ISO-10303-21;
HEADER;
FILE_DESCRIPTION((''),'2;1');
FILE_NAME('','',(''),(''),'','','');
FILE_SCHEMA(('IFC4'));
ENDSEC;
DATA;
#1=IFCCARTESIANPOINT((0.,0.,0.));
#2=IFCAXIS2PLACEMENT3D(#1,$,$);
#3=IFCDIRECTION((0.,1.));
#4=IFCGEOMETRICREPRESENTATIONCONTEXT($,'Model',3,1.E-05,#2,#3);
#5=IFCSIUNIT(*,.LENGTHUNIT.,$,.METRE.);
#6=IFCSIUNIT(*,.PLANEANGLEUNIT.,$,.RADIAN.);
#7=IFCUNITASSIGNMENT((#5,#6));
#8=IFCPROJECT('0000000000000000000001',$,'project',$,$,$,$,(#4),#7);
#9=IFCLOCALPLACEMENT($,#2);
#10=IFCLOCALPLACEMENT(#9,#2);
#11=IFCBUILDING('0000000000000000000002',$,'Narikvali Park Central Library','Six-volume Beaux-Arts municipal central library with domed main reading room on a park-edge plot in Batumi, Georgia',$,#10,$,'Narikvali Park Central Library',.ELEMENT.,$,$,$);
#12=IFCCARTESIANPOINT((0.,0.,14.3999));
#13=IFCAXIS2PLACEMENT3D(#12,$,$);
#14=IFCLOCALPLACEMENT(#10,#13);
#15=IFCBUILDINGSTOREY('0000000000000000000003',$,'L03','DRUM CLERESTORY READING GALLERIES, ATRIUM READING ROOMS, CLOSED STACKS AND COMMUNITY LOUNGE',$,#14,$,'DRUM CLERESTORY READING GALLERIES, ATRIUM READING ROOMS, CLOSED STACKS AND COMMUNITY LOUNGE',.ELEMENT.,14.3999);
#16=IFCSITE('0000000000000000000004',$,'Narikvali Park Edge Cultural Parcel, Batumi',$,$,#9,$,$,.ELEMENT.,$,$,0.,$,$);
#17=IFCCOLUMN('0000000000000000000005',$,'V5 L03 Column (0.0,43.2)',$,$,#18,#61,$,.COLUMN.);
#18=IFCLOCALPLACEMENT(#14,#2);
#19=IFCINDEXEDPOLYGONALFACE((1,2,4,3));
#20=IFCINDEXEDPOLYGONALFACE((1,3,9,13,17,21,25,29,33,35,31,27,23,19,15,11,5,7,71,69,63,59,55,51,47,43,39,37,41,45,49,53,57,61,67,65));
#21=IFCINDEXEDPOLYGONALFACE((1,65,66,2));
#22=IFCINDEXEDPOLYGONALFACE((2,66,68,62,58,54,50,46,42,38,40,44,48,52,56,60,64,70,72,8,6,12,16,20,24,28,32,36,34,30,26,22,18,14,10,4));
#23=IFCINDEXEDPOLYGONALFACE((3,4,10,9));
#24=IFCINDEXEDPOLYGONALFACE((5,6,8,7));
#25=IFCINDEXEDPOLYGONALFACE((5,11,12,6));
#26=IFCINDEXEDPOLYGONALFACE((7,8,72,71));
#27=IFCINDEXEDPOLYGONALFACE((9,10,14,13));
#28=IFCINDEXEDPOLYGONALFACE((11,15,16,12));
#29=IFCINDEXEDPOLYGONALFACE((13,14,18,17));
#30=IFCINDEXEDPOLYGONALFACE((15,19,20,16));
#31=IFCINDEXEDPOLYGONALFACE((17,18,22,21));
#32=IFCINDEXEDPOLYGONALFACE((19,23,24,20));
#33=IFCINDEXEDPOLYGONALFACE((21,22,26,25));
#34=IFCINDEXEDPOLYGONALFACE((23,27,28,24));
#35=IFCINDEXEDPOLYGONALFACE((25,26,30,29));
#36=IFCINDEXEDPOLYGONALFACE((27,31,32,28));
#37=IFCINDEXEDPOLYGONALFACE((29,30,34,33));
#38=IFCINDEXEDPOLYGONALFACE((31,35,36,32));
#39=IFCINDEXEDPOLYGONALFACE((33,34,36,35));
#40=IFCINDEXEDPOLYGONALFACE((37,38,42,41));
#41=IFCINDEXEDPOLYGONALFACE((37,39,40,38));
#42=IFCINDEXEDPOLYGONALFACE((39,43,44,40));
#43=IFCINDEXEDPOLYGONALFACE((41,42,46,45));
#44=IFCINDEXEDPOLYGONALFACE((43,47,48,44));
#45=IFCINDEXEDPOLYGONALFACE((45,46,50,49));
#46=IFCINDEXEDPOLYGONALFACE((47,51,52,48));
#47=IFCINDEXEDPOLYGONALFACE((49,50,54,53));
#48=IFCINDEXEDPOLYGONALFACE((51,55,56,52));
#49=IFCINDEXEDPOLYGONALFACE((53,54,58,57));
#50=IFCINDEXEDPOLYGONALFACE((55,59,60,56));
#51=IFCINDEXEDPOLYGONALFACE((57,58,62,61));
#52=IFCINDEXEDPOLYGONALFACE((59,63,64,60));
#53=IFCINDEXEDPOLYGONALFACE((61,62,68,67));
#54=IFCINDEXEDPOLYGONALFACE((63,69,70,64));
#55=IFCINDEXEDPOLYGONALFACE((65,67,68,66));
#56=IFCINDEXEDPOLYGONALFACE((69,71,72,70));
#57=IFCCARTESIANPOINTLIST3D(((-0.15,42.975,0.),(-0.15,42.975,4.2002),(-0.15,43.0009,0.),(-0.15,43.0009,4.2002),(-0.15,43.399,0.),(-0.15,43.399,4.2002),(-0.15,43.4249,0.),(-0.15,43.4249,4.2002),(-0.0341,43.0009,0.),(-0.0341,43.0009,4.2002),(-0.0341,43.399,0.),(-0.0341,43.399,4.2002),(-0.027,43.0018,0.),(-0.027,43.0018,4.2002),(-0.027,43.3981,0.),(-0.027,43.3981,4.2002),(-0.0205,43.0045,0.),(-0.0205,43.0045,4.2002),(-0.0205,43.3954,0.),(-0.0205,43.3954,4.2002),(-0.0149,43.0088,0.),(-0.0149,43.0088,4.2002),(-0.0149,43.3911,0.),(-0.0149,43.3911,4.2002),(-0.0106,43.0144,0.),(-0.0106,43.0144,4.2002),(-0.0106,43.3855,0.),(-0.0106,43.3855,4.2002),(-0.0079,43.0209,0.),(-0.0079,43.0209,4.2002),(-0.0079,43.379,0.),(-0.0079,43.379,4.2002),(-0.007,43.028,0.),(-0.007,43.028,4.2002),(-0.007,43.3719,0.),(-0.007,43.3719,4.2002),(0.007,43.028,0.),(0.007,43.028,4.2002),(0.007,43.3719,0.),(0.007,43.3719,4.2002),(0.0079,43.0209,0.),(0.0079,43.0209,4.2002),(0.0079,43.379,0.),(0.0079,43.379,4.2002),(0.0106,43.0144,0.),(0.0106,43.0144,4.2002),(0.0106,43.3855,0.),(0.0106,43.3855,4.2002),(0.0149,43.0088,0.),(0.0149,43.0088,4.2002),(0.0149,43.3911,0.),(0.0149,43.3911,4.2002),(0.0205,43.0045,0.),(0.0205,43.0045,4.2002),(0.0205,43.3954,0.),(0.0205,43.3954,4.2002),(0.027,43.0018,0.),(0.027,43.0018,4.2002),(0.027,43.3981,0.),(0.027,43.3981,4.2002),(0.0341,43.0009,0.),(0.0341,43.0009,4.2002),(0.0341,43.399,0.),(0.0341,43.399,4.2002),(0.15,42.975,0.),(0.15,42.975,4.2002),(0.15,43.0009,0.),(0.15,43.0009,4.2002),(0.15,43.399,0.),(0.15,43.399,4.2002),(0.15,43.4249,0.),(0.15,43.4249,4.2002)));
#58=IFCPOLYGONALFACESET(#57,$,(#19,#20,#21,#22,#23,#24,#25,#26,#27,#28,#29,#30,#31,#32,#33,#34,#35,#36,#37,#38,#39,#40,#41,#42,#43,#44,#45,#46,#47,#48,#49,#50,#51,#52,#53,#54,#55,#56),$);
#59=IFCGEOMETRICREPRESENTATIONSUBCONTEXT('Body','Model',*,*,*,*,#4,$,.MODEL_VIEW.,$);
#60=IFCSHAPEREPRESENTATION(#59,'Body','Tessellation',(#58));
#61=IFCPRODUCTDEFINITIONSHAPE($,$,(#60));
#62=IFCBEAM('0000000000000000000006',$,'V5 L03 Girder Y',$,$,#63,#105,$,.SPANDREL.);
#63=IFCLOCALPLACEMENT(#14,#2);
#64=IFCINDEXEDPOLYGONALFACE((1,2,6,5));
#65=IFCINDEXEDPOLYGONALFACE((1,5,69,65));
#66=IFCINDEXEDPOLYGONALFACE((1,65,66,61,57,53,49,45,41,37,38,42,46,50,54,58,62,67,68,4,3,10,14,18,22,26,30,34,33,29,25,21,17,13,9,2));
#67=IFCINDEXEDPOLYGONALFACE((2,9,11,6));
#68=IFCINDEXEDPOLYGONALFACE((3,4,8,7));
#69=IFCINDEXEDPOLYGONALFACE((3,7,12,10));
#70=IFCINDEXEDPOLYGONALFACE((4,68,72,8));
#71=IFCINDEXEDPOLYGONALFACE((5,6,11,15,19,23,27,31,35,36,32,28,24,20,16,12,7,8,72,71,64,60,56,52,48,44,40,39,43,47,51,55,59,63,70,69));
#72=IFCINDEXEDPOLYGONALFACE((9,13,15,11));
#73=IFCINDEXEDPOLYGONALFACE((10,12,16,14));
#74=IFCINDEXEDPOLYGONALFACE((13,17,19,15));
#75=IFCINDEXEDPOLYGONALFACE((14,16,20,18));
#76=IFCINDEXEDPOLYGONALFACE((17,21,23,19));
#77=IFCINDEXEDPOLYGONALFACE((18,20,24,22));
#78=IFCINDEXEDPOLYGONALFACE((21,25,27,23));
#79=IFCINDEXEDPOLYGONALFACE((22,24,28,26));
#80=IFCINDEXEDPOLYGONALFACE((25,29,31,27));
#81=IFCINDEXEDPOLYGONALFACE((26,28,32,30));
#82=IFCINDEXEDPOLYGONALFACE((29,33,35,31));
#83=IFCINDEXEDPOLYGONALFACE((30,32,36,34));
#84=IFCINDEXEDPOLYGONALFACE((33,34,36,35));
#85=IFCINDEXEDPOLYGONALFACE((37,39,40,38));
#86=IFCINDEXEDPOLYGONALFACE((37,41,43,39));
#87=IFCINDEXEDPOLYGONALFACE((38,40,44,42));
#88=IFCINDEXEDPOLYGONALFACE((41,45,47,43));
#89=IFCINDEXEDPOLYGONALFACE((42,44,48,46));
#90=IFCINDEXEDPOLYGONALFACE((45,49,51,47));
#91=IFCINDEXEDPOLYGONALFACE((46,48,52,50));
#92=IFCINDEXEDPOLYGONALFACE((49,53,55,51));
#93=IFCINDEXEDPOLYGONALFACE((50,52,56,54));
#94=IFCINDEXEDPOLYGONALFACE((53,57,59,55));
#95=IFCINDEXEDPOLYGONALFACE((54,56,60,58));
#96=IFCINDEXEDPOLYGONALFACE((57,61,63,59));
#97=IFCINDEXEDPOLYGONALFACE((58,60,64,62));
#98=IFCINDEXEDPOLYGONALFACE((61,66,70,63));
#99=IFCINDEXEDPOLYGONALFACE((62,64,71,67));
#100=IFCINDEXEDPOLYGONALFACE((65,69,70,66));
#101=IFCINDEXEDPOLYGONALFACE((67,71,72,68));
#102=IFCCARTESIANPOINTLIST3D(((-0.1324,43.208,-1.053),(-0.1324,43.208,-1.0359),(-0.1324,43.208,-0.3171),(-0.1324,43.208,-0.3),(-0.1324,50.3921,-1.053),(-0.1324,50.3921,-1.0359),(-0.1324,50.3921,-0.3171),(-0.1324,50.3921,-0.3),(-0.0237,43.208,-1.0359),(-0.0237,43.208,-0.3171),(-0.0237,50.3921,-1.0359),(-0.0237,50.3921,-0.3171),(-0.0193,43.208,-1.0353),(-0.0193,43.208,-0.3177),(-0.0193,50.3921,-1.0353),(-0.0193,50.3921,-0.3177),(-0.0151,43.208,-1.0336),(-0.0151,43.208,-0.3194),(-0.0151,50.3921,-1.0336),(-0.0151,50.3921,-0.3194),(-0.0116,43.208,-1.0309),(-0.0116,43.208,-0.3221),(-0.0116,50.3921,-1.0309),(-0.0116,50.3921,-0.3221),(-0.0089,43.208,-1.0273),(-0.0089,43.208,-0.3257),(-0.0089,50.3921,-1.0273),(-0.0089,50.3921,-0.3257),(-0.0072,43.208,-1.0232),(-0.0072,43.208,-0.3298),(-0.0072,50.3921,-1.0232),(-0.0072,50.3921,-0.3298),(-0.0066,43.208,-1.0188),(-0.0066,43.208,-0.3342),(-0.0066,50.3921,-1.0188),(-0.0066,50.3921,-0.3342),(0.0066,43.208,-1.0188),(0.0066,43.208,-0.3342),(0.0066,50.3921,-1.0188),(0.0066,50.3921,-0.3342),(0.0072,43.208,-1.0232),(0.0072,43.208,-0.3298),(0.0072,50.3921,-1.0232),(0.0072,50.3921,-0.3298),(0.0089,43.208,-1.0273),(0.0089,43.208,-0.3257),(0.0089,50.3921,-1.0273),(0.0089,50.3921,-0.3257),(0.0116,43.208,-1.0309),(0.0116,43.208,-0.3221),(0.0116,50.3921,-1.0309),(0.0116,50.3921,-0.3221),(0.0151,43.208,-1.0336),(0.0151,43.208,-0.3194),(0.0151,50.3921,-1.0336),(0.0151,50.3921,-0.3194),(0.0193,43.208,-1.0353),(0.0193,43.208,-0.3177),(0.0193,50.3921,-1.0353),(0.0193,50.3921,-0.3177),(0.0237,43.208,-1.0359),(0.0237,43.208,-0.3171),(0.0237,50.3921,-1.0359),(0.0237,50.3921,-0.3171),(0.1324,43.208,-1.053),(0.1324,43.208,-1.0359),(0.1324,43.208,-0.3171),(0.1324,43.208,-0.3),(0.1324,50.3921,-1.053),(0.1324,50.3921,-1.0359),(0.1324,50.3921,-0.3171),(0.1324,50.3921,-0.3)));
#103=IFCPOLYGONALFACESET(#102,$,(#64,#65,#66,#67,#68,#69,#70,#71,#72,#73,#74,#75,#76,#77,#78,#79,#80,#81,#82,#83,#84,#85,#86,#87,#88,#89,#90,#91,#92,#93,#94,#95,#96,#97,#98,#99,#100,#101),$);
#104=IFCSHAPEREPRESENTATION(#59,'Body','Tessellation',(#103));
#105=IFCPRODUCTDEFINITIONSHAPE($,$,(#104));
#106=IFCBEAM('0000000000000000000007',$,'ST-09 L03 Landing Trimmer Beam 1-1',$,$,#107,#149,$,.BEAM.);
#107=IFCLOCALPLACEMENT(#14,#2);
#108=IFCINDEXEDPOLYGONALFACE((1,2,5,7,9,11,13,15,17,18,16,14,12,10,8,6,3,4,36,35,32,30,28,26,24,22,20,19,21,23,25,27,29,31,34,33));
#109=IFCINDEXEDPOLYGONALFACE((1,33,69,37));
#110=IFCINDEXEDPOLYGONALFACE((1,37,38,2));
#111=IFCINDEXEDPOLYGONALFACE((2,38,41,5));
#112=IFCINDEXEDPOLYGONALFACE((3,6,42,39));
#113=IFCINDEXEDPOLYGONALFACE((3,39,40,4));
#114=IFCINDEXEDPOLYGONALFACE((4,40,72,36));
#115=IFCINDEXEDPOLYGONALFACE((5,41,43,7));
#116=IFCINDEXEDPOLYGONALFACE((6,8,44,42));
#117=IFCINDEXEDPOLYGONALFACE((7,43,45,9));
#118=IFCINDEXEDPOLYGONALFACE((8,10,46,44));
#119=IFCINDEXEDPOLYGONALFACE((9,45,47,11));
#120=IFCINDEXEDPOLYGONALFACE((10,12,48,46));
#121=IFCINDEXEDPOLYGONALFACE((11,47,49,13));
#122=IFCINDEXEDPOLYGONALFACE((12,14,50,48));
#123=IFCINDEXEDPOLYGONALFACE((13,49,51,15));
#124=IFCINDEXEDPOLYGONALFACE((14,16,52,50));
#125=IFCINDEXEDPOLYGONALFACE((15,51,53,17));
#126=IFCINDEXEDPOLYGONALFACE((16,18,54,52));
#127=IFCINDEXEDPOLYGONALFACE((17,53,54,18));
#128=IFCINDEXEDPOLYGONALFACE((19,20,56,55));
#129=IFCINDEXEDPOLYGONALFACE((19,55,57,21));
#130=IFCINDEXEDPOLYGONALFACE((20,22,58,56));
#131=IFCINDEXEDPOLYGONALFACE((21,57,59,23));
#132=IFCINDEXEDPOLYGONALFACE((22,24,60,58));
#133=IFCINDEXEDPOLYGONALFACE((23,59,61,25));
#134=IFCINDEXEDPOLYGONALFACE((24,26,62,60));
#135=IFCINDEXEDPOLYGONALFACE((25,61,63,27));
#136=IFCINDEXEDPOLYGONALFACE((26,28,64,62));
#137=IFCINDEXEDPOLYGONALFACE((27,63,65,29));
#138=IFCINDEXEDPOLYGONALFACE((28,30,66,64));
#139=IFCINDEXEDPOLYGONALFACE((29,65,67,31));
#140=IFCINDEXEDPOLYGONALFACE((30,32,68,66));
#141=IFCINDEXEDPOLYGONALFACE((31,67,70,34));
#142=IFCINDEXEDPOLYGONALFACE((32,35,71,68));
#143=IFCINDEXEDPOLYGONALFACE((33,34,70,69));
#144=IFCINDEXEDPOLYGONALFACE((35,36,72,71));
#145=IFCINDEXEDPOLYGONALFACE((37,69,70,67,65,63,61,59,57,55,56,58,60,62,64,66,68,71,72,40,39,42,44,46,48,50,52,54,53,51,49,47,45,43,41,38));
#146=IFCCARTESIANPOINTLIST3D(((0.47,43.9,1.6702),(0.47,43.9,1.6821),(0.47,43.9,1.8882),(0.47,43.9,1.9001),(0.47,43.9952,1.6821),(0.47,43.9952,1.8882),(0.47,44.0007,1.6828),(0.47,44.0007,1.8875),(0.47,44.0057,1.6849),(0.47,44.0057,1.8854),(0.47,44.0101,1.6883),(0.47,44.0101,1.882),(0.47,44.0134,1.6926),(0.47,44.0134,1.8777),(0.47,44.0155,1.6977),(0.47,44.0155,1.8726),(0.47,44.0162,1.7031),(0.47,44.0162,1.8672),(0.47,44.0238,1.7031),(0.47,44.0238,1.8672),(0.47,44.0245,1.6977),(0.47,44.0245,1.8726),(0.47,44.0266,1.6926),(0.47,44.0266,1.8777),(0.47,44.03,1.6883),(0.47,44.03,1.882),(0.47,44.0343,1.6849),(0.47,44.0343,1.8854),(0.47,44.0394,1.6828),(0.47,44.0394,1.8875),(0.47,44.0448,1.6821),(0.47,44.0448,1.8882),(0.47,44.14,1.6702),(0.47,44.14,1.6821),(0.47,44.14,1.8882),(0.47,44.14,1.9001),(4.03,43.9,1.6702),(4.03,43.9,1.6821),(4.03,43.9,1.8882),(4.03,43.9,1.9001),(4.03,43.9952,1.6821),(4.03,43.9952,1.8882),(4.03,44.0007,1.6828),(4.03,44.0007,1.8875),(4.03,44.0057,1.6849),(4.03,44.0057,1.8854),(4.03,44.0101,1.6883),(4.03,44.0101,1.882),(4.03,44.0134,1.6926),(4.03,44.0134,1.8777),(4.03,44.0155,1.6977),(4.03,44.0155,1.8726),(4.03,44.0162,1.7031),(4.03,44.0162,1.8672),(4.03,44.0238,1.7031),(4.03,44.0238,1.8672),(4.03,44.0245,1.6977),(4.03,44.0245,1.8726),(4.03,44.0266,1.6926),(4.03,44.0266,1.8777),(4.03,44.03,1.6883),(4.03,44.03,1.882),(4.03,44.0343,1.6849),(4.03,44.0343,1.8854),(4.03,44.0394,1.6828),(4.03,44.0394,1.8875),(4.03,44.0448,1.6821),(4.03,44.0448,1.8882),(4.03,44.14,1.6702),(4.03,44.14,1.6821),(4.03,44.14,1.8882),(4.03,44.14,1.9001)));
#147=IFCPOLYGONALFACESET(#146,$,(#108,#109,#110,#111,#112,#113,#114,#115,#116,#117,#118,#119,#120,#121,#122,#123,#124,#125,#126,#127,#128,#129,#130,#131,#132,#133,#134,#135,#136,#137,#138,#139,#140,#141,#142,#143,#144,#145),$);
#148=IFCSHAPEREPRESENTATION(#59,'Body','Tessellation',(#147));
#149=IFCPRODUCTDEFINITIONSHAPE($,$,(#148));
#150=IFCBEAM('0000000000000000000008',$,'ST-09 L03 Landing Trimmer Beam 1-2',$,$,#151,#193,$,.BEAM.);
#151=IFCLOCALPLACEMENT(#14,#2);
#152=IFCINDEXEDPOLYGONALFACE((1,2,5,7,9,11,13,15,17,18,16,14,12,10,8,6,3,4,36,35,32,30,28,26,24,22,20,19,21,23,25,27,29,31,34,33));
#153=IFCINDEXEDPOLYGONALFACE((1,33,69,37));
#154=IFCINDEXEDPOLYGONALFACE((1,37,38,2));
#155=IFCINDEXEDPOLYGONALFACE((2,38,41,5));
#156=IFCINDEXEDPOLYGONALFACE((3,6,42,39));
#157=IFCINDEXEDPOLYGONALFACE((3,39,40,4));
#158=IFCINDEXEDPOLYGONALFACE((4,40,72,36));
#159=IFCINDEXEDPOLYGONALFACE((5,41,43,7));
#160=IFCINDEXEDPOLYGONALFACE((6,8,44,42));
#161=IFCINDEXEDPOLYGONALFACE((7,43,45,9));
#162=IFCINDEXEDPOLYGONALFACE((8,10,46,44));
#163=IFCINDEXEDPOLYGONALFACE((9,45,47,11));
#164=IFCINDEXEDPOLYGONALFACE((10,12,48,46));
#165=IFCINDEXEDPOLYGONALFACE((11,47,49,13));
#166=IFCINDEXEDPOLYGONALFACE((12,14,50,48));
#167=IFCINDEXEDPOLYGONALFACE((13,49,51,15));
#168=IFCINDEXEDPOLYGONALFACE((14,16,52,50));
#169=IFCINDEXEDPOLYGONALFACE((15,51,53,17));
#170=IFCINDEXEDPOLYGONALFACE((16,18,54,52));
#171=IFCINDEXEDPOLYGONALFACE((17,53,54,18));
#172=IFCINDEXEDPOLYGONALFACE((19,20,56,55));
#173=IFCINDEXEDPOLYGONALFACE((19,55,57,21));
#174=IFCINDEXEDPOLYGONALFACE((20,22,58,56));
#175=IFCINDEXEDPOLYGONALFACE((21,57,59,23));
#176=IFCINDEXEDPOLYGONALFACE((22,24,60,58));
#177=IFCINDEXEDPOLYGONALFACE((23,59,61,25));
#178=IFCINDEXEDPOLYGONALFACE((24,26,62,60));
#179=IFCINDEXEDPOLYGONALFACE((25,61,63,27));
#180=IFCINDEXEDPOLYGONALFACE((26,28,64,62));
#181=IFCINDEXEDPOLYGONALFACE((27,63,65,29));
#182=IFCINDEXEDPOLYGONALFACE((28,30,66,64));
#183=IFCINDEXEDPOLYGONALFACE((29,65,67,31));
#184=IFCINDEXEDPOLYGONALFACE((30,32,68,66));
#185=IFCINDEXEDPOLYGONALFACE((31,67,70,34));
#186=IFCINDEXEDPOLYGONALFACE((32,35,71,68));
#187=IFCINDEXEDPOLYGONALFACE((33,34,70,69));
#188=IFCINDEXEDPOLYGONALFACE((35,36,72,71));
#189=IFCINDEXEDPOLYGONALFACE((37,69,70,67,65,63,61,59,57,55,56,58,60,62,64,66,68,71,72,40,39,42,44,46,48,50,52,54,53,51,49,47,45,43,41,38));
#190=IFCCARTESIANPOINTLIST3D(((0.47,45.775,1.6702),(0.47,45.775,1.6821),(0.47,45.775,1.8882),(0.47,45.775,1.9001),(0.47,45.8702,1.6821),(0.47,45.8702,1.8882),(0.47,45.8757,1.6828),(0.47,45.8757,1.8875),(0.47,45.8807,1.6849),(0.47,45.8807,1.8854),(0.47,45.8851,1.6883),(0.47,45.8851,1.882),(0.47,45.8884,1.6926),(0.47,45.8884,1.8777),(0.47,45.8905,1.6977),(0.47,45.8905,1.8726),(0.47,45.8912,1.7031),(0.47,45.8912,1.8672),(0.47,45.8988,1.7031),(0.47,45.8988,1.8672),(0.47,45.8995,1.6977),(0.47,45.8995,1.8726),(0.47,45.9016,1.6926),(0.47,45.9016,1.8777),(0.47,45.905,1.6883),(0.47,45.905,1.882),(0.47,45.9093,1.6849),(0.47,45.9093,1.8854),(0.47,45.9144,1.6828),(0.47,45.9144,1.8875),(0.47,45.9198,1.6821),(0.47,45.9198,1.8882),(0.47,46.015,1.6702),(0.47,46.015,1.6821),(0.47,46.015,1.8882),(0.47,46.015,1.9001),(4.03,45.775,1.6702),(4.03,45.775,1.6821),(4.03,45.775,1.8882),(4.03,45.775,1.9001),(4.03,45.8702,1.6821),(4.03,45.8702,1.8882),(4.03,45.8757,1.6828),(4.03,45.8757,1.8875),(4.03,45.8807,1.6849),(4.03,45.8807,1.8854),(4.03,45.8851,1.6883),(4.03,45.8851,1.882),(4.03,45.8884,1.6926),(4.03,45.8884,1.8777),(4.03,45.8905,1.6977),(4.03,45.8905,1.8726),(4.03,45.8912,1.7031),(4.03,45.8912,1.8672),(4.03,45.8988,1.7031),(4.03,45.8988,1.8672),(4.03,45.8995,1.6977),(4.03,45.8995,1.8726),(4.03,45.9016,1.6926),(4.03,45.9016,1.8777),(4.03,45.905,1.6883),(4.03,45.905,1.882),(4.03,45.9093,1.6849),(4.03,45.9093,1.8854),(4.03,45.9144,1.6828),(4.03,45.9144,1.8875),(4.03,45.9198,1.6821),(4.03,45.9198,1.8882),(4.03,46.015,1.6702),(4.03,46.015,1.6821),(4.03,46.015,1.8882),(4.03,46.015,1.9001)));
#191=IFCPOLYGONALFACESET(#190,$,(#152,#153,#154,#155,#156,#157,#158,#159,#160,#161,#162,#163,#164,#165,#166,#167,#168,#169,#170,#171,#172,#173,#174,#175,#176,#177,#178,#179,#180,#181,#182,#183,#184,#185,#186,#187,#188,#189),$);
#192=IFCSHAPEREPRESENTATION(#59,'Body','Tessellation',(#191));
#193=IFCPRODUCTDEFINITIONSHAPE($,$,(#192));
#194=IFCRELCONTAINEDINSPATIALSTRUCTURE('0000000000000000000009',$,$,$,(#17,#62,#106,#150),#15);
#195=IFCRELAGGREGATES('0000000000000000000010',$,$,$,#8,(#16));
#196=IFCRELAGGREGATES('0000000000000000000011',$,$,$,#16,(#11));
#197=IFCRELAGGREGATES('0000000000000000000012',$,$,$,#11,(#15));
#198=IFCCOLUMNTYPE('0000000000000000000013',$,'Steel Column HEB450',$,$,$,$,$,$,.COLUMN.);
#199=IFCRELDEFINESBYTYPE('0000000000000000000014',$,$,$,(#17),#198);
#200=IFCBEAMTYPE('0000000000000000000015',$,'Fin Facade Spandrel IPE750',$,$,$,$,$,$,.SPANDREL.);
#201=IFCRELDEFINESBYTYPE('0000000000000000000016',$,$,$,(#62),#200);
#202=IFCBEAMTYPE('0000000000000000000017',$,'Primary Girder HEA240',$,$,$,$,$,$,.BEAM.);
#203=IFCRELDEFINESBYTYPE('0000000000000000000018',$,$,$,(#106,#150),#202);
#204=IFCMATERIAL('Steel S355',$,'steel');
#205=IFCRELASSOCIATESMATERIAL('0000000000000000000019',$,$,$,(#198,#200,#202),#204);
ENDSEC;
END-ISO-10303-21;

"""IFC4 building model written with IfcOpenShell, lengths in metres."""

from ifc_helpers import new_model, si_unit, direction, frame, origin, origin_2d, place, context, subcontext, project, spatial, i_section, extrude, material, material_profile, profile_set, type_object, element, save


model = new_model("IFC4")

# Units and contexts
model_context = context("Model", 3, precision=1e-05, world=origin(), true_north=direction((0.0, 1.0)))
body_context = subcontext(model_context, "Body", "Model", "MODEL_VIEW")
ifc_project = project(units=[si_unit("LENGTHUNIT", "METRE"), si_unit("PLANEANGLEUNIT", "RADIAN")], contexts=[model_context])

# Site, building, storey
site_placement = place(None, origin())
site = spatial("IfcSite", under=ifc_project, at=site_placement, Name="Narikvali Park Edge Cultural Parcel, Batumi", CompositionType="ELEMENT", RefElevation=0.0)
building_placement = place(site_placement, origin())
building = spatial("IfcBuilding", under=site, at=building_placement, Name="Narikvali Park Central Library", Description="Six-volume Beaux-Arts municipal central library with domed main reading room on a park-edge plot in Batumi, Georgia", LongName="Narikvali Park Central Library", CompositionType="ELEMENT")
storey_placement = place(building_placement, frame((0.0, 0.0, 14.3999)))
storey = spatial("IfcBuildingStorey", under=building, at=storey_placement, Name="L03", Description="DRUM CLERESTORY READING GALLERIES, ATRIUM READING ROOMS, CLOSED STACKS AND COMMUNITY LOUNGE", LongName="DRUM CLERESTORY READING GALLERIES, ATRIUM READING ROOMS, CLOSED STACKS AND COMMUNITY LOUNGE", CompositionType="ELEMENT", Elevation=14.3999)

# Column
ifc_material_1 = material(Name="Steel S355", Category="steel")
ifc_material_profile_1 = material_profile(ifc_material_1, i_section(OverallWidth=0.3, OverallDepth=0.45, WebThickness=0.0139, FlangeThickness=0.0259, FilletRadius=0.0271, at=origin_2d()), Name="HEB 450")
ifc_profile_set_1 = profile_set([ifc_material_profile_1], Name="Steel S355")
column_type = type_object("IfcColumnType", Name="Steel Column HEB450", PredefinedType="COLUMN", material=ifc_profile_set_1)
column_placement = place(storey_placement, frame((0.0, 43.2, 0.0), z_axis=(0.0, 0.0, 1.0), x_axis=(1.0, 0.0, 0.0)))
element("IfcColumn", 1, at=column_placement, inside=storey, type_object=column_type, Name="V5 L03 Column (0.0,43.2)", PredefinedType="COLUMN", context=body_context, shape_type="SweptSolid", body=[
    extrude(i_section(OverallWidth=0.3, OverallDepth=0.45, WebThickness=0.0139, FlangeThickness=0.0259, FilletRadius=0.0271, at=origin_2d()), origin(), (0.0, 0.0, 1.0), 4.2002),
])

# Beams
ifc_material_profile_2 = material_profile(ifc_material_1, i_section(OverallWidth=0.2649, OverallDepth=0.7529, WebThickness=0.0132, FlangeThickness=0.0171, FilletRadius=0.0171, at=origin_2d()), Name="IPE 750x147")
ifc_profile_set_2 = profile_set([ifc_material_profile_2], Name="Steel S355")
beam_type_1 = type_object("IfcBeamType", Name="Fin Facade Spandrel IPE750", PredefinedType="SPANDREL", material=ifc_profile_set_2)
beam_1_placement = place(storey_placement, frame((0.0, 43.208, -0.6765), z_axis=(0.0, 1.0, 0.0), x_axis=(-1.0, 0.0, 0.0)))
element("IfcBeam", 2, at=beam_1_placement, inside=storey, type_object=beam_type_1, Name="V5 L03 Girder Y", PredefinedType="SPANDREL", context=body_context, shape_type="SweptSolid", body=[
    extrude(i_section(OverallWidth=0.2649, OverallDepth=0.7529, WebThickness=0.0132, FlangeThickness=0.0171, FilletRadius=0.0171, at=origin_2d()), origin(), (0.0, 0.0, 1.0), 7.1841),
])
ifc_material_profile_3 = material_profile(ifc_material_1, i_section(OverallWidth=0.24, OverallDepth=0.23, WebThickness=0.0076, FlangeThickness=0.012, FilletRadius=0.021, at=origin_2d()), Name="HEA 240")
ifc_profile_set_3 = profile_set([ifc_material_profile_3], Name="Steel S355")
beam_type_2 = type_object("IfcBeamType", Name="Primary Girder HEA240", PredefinedType="BEAM", material=ifc_profile_set_3)
for number, where, z_axis, x_axis, name in (
    (3, (0.47, 44.02, 1.7852), (1.0, 0.0, 0.0), (0.0, 1.0, 0.0), "ST-09 L03 Landing Trimmer Beam 1-1"),
    (4, (0.47, 45.895, 1.7852), (1.0, 0.0, 0.0), (0.0, 1.0, 0.0), "ST-09 L03 Landing Trimmer Beam 1-2"),
):
    element("IfcBeam", number, at=place(storey_placement, frame(where, z_axis=z_axis, x_axis=x_axis)), inside=storey, type_object=beam_type_2, Name=name, PredefinedType="BEAM", context=body_context, shape_type="SweptSolid", body=[
        extrude(i_section(OverallWidth=0.24, OverallDepth=0.23, WebThickness=0.0076, FlangeThickness=0.012, FilletRadius=0.021, at=origin_2d()), origin(), (0.0, 0.0, 1.0), 3.5601),
    ])

save(model, "model.ifc")
